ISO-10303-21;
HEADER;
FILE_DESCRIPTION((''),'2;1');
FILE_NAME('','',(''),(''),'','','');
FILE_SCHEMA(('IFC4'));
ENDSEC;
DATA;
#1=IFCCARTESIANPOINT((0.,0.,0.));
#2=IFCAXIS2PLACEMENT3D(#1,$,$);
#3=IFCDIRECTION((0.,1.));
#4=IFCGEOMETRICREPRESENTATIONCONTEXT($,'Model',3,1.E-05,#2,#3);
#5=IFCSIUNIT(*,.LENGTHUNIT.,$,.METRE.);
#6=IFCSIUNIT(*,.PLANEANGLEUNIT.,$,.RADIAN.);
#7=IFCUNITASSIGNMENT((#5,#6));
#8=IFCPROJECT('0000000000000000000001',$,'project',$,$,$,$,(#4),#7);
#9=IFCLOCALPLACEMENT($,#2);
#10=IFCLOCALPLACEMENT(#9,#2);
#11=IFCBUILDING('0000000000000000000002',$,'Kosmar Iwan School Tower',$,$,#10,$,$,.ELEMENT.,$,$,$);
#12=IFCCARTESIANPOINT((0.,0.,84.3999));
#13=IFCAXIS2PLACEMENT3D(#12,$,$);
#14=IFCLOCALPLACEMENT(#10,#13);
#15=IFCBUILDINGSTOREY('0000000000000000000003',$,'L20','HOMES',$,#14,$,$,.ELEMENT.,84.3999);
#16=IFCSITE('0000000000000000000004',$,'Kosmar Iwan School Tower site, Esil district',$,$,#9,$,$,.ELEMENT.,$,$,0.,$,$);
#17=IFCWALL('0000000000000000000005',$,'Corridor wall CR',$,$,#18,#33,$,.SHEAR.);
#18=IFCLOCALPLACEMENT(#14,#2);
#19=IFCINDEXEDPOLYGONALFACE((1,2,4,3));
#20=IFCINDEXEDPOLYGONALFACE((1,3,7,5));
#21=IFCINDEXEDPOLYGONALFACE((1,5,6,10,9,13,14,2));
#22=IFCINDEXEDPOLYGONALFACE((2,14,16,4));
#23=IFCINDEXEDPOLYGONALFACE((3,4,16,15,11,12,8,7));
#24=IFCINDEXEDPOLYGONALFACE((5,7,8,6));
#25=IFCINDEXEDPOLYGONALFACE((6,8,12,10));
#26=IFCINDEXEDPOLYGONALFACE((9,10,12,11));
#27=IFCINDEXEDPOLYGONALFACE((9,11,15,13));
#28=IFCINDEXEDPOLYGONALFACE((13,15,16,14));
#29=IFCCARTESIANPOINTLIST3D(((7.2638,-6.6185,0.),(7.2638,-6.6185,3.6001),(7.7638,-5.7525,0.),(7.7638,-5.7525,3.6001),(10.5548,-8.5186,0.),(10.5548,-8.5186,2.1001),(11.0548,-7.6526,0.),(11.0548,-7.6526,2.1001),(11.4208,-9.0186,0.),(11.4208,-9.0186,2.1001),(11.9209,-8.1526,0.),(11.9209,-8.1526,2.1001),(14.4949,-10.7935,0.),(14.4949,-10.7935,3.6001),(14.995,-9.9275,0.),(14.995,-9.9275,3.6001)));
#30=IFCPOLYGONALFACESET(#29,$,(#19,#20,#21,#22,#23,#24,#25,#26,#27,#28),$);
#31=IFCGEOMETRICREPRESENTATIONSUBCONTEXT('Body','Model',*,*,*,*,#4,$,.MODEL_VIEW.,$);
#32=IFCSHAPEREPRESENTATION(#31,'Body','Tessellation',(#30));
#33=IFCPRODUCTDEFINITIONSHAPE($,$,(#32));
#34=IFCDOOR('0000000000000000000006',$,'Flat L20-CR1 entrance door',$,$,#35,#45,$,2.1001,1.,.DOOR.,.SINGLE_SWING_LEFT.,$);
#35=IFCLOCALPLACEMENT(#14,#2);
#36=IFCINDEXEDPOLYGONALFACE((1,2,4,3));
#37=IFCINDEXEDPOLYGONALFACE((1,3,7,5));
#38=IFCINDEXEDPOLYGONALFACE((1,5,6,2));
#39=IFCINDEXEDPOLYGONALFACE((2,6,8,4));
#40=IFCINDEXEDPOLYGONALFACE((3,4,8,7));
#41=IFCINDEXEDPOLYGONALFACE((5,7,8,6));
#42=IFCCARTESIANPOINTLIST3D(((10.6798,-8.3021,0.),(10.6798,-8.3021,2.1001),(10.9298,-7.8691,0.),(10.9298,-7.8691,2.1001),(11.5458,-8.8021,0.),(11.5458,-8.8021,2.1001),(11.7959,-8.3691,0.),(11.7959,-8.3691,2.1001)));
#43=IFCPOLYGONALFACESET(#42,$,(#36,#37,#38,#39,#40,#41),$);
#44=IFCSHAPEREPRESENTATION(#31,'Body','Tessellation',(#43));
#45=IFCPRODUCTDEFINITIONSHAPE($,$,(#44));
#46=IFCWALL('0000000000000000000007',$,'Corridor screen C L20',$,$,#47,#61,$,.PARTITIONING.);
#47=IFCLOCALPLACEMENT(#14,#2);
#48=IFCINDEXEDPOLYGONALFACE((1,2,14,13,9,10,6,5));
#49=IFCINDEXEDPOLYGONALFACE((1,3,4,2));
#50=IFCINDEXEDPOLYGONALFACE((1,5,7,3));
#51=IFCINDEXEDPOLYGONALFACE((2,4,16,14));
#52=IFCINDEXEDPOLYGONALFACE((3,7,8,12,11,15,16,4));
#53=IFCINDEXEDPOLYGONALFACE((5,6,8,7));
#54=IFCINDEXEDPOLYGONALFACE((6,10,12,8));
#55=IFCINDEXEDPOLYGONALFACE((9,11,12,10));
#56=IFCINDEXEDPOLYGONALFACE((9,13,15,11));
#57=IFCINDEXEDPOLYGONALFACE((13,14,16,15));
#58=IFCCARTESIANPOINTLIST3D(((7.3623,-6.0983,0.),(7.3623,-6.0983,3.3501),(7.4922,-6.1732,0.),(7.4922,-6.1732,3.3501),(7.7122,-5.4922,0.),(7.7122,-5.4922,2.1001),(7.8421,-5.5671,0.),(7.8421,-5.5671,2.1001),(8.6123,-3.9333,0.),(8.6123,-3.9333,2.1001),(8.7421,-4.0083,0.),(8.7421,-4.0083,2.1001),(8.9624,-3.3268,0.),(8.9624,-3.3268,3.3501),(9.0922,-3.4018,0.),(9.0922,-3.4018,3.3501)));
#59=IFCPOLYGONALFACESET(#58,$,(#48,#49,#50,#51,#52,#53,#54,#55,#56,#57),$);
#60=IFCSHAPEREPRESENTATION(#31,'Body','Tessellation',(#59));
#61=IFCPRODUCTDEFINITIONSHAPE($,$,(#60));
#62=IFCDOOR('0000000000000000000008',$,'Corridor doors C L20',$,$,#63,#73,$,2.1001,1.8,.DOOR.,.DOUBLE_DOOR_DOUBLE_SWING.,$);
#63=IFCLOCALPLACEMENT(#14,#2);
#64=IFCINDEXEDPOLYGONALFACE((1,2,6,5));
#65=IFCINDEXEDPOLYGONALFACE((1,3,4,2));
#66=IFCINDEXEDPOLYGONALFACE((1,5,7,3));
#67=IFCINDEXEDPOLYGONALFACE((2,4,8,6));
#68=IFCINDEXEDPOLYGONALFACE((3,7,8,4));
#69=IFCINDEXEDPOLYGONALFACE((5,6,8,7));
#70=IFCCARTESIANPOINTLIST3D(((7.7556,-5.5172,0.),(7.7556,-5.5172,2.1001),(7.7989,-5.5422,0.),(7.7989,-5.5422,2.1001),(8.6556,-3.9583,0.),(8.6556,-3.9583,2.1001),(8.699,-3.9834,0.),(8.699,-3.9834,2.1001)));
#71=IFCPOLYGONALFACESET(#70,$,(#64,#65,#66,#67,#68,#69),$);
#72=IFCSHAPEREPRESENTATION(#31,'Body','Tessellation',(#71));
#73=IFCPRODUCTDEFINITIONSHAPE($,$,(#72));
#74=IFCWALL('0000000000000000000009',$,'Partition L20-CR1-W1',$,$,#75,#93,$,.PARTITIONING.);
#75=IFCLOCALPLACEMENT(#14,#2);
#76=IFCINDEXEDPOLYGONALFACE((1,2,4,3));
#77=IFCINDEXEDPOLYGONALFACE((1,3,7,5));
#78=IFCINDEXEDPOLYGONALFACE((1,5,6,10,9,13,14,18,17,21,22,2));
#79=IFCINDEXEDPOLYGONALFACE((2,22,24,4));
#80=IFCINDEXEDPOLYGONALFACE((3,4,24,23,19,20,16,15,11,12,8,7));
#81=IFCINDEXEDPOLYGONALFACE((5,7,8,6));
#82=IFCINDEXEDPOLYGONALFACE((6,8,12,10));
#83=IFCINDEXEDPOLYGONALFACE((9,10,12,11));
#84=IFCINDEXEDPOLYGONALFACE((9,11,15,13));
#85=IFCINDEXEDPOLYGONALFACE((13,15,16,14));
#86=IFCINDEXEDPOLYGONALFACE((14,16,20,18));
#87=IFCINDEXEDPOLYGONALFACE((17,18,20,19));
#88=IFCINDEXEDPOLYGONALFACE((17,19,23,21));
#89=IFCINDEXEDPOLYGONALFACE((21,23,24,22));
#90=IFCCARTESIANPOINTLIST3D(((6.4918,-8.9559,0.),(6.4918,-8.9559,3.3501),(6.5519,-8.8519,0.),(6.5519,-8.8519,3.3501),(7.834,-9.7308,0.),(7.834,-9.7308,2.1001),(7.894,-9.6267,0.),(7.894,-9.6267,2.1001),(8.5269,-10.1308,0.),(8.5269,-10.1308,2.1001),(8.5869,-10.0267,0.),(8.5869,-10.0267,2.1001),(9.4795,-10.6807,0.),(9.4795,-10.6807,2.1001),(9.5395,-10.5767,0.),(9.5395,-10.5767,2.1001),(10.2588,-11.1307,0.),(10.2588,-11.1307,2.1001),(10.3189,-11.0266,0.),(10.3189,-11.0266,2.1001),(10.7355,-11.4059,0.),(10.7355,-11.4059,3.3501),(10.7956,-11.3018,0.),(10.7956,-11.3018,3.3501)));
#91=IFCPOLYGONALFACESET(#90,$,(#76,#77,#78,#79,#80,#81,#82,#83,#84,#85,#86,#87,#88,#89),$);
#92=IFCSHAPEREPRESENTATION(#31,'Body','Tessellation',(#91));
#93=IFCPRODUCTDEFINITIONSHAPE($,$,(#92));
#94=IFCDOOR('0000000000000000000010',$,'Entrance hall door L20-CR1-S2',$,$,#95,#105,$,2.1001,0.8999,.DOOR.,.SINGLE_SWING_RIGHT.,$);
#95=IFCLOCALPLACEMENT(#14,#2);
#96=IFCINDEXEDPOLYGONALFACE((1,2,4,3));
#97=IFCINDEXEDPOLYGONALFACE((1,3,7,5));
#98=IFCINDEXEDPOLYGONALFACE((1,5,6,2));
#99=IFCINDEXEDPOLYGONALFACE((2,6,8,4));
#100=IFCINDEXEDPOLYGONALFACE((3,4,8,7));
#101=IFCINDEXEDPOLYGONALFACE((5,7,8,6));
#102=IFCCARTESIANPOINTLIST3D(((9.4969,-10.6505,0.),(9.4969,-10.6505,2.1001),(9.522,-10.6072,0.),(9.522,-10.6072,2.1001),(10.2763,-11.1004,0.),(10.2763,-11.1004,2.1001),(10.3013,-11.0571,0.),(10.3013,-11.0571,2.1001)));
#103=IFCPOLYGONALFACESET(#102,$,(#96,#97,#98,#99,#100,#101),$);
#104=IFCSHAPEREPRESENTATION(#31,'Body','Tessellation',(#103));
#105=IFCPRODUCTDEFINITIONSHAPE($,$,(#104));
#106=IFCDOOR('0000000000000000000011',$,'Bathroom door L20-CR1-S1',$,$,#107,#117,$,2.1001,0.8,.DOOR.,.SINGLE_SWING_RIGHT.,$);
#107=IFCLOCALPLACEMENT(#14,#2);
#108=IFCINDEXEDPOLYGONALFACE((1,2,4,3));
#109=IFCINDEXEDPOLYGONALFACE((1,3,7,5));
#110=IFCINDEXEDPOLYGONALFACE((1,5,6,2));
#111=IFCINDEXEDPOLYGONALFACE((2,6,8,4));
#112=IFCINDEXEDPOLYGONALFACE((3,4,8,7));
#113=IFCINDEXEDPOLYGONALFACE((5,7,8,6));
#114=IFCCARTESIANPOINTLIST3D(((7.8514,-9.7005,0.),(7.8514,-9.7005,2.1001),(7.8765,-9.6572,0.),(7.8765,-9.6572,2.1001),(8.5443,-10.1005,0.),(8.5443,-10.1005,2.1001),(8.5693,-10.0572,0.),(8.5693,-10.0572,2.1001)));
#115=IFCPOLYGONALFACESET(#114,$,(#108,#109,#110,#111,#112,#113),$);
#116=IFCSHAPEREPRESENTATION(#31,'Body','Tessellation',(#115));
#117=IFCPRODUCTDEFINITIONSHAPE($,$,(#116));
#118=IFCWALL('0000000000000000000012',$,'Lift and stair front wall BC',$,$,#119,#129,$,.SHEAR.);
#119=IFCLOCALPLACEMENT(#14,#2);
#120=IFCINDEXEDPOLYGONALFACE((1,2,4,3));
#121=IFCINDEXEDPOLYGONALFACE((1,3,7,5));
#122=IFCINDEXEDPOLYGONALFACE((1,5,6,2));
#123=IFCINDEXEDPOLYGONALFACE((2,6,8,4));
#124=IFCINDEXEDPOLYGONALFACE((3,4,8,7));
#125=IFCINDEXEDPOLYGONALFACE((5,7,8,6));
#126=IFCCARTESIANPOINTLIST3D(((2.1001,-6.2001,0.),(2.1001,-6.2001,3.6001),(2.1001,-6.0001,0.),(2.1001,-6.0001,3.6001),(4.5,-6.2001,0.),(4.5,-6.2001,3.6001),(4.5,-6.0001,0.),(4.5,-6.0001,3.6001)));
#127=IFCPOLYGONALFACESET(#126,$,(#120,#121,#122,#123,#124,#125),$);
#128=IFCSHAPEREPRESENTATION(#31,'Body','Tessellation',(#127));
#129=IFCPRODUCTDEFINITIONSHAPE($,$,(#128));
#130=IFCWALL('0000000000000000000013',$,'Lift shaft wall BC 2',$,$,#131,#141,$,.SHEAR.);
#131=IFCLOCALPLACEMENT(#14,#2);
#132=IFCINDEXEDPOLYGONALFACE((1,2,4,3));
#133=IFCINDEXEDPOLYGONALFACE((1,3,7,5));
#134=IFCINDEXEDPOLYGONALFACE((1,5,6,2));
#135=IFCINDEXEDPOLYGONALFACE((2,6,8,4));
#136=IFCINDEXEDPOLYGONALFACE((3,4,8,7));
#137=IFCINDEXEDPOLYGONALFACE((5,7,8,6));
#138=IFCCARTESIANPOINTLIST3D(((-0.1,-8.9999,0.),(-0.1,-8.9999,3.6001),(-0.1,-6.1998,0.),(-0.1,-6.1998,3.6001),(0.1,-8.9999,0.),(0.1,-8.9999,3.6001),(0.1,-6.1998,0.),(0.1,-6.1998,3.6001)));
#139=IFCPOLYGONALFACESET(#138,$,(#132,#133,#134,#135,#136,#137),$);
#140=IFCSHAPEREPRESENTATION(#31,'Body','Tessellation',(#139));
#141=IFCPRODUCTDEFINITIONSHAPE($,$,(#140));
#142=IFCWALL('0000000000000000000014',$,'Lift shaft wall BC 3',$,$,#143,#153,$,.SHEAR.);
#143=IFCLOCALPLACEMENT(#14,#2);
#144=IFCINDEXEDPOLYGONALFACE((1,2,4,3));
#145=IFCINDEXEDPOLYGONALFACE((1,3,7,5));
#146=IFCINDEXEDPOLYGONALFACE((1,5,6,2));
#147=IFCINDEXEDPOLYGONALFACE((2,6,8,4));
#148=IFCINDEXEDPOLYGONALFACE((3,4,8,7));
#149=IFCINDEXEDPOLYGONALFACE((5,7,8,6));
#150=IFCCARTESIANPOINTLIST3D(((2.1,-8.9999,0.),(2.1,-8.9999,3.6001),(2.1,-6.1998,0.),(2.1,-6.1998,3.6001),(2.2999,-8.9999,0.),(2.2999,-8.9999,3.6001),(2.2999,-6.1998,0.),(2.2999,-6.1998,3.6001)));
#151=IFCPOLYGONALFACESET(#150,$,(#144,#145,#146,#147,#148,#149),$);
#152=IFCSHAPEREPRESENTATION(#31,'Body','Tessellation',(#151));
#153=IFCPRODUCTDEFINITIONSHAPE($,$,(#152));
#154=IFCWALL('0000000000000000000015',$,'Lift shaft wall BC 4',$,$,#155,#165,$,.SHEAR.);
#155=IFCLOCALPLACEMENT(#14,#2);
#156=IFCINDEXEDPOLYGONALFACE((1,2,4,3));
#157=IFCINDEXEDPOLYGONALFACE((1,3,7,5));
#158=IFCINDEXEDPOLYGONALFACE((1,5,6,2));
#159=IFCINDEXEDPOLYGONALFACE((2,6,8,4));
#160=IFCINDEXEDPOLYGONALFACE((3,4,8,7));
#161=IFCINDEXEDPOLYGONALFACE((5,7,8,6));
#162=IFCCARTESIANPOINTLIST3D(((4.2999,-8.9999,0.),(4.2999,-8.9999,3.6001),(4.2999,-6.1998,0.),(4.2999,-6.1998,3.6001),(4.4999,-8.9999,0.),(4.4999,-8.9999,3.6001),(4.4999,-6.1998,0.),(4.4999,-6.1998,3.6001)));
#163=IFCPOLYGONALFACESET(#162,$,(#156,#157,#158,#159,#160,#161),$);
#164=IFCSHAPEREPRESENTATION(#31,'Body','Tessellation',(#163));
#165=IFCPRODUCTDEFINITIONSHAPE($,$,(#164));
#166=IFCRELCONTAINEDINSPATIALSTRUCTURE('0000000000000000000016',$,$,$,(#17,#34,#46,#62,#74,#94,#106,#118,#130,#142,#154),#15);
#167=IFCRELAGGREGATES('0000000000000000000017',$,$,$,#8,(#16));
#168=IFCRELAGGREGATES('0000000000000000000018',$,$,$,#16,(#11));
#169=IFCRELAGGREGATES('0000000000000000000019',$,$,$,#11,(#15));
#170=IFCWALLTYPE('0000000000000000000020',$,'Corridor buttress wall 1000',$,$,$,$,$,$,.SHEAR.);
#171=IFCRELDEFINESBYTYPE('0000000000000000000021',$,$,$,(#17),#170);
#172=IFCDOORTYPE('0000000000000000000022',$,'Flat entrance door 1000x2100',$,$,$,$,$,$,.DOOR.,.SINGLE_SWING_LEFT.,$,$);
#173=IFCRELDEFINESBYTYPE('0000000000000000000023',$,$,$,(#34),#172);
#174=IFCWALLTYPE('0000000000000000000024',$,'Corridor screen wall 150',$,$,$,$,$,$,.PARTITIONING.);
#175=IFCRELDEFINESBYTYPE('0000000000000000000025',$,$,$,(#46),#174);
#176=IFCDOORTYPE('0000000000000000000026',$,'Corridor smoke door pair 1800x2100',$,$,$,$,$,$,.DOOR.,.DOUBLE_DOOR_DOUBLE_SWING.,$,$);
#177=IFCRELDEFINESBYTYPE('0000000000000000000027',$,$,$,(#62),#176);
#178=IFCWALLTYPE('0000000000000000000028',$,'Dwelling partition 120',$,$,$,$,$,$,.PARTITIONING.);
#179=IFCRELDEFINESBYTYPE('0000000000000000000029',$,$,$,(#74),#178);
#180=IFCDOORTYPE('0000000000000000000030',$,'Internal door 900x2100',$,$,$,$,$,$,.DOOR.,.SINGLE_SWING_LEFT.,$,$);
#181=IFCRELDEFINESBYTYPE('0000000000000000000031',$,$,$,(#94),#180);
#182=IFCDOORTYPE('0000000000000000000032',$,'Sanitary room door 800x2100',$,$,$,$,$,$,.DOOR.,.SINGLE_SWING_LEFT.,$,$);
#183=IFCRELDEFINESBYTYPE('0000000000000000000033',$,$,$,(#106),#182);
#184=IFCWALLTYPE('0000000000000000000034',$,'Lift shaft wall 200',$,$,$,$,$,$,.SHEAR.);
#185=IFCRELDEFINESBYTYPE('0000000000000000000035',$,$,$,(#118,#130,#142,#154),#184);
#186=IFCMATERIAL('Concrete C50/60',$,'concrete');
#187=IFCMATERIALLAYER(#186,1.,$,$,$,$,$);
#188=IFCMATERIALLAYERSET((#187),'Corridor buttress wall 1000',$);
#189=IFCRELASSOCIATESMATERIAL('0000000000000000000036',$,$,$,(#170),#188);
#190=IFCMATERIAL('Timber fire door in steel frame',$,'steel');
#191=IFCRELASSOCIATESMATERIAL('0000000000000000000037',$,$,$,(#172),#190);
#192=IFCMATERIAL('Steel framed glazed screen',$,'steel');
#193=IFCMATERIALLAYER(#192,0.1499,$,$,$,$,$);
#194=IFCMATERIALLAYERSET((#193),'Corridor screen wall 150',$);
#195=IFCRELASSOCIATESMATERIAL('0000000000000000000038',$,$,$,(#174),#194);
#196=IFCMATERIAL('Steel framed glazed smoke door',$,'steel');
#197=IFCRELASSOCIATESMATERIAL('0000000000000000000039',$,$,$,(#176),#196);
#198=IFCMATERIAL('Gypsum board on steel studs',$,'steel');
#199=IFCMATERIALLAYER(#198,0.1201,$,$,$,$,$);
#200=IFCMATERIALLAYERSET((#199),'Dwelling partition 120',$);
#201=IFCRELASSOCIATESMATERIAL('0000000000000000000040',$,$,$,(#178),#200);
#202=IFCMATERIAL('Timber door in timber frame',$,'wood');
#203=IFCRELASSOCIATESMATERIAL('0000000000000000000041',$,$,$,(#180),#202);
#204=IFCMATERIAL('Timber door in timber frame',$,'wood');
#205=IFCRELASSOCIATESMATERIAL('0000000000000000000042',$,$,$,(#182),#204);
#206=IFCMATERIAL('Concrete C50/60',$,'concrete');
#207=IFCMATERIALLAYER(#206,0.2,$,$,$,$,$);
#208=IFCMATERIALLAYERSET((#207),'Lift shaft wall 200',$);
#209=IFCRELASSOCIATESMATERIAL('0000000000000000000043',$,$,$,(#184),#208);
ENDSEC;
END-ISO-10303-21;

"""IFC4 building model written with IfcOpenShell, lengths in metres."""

from ifc_helpers import new_model, si_unit, direction, frame, frame_2d, origin, place, context, subcontext, project, spatial, rectangle, extrude, material, layer, layer_set, type_object, element, fill, save


model = new_model("IFC4")

# Units and contexts
model_context = context("Model", 3, precision=1e-05, world=origin(), true_north=direction((0.0, 1.0)))
body_context = subcontext(model_context, "Body", "Model", "MODEL_VIEW")
ifc_project = project(units=[si_unit("LENGTHUNIT", "METRE"), si_unit("PLANEANGLEUNIT", "RADIAN")], contexts=[model_context])

# Site, building, storey
site_placement = place(None, origin())
site = spatial("IfcSite", under=ifc_project, at=site_placement, Name="Kosmar Iwan School Tower site, Esil district", CompositionType="ELEMENT", RefElevation=0.0)
building_placement = place(site_placement, origin())
building = spatial("IfcBuilding", under=site, at=building_placement, Name="Kosmar Iwan School Tower", CompositionType="ELEMENT")
storey_placement = place(building_placement, frame((0.0, 0.0, 84.3999)))
storey = spatial("IfcBuildingStorey", under=building, at=storey_placement, Name="L20", Description="HOMES", CompositionType="ELEMENT", Elevation=84.3999)

# Walls, openings, doors
ifc_material_1 = material(Name="Concrete C50/60", Category="concrete")
ifc_layer_1 = layer(ifc_material_1, 1.0)
ifc_layer_set_1 = layer_set([ifc_layer_1], Name="Corridor buttress wall 1000")
wall_type_1 = type_object("IfcWallType", Name="Corridor buttress wall 1000", PredefinedType="SHEAR", material=ifc_layer_set_1)
wall_1_placement = place(storey_placement, frame((7.5139, -6.1855, 0.0), z_axis=(0.0, 0.0, 1.0), x_axis=(0.86602, -0.50001, 0.0)))
wall_1 = element("IfcWall", 1, at=wall_1_placement, inside=storey, type_object=wall_type_1, Name="Corridor wall CR", PredefinedType="SHEAR", context=body_context, shape_type="SweptSolid", body=[
    extrude(rectangle(XDim=8.3499, YDim=1.0, at=frame_2d((4.1748, 0.0))), origin(), (0.0, 0.0, 1.0), 3.6001),
])
opening_1_placement = place(wall_1_placement, frame((3.8, 0.0, 0.0)))
opening_1 = element("IfcOpeningElement", 2, at=opening_1_placement, cuts=wall_1, PredefinedType="OPENING", context=body_context, shape_type="SweptSolid", body=[
    extrude(rectangle(XDim=1.0, YDim=2.1001, at=frame_2d((0.5, 1.05))), frame((0.0, 0.512, 0.0), z_axis=(0.0, -1.0, 0.0), x_axis=(1.0, 0.0, 0.0)), (0.0, 0.0, 1.0), 1.0239),
])
ifc_material_2 = material(Name="Timber fire door in steel frame", Category="steel")
door_type_1 = type_object("IfcDoorType", Name="Flat entrance door 1000x2100", OperationType="SINGLE_SWING_LEFT", PredefinedType="DOOR", material=ifc_material_2)
door_1_placement = place(opening_1_placement, origin())
door_1 = element("IfcDoor", 3, at=door_1_placement, inside=storey, type_object=door_type_1, Name="Flat L20-CR1 entrance door", OperationType="SINGLE_SWING_LEFT", OverallHeight=2.1001, OverallWidth=1.0, PredefinedType="DOOR", context=body_context, shape_type="SweptSolid", body=[
    extrude(rectangle(XDim=1.0, YDim=2.1001, at=frame_2d((0.5, 1.05))), frame((0.0, 0.25, 0.0), z_axis=(0.0, -1.0, 0.0), x_axis=(1.0, 0.0, 0.0)), (0.0, 0.0, 1.0), 0.5),
])
fill(opening_1, door_1)
ifc_material_3 = material(Name="Steel framed glazed screen", Category="steel")
ifc_layer_2 = layer(ifc_material_3, 0.1499)
ifc_layer_set_2 = layer_set([ifc_layer_2], Name="Corridor screen wall 150")
wall_type_2 = type_object("IfcWallType", Name="Corridor screen wall 150", PredefinedType="PARTITIONING", material=ifc_layer_set_2)
wall_2_placement = place(storey_placement, frame((7.4272, -6.1357, 0.0), z_axis=(0.0, 0.0, 1.0), x_axis=(0.499995, 0.866028, 0.0)))
wall_2 = element("IfcWall", 4, at=wall_2_placement, inside=storey, type_object=wall_type_2, Name="Corridor screen C L20", PredefinedType="PARTITIONING", context=body_context, shape_type="SweptSolid", body=[
    extrude(rectangle(XDim=3.2002, YDim=0.1499, at=frame_2d((1.6001, 0.0))), origin(), (0.0, 0.0, 1.0), 3.3501),
])
opening_2_placement = place(wall_2_placement, frame((0.7, 0.0, 0.0)))
opening_2 = element("IfcOpeningElement", 5, at=opening_2_placement, cuts=wall_2, PredefinedType="OPENING", context=body_context, shape_type="SweptSolid", body=[
    extrude(rectangle(XDim=1.8, YDim=2.1001, at=frame_2d((0.8999, 1.05))), frame((0.0, 0.0869, 0.0), z_axis=(0.0, -1.0, 0.0), x_axis=(1.0, 0.0, 0.0)), (0.0, 0.0, 1.0), 0.1738),
])
ifc_material_4 = material(Name="Steel framed glazed smoke door", Category="steel")
door_type_2 = type_object("IfcDoorType", Name="Corridor smoke door pair 1800x2100", OperationType="DOUBLE_DOOR_DOUBLE_SWING", PredefinedType="DOOR", material=ifc_material_4)
door_2_placement = place(opening_2_placement, origin())
door_2 = element("IfcDoor", 6, at=door_2_placement, inside=storey, type_object=door_type_2, Name="Corridor doors C L20", OperationType="DOUBLE_DOOR_DOUBLE_SWING", OverallHeight=2.1001, OverallWidth=1.8, PredefinedType="DOOR", context=body_context, shape_type="SweptSolid", body=[
    extrude(rectangle(XDim=1.8, YDim=2.1001, at=frame_2d((0.8999, 1.05))), frame((0.0, 0.0249, 0.0), z_axis=(0.0, -1.0, 0.0), x_axis=(1.0, 0.0, 0.0)), (0.0, 0.0, 1.0), 0.05),
])
fill(opening_2, door_2)

# Wall, openings, doors
ifc_material_5 = material(Name="Gypsum board on steel studs", Category="steel")
ifc_layer_3 = layer(ifc_material_5, 0.1201)
ifc_layer_set_3 = layer_set([ifc_layer_3], Name="Dwelling partition 120")
wall_type_3 = type_object("IfcWallType", Name="Dwelling partition 120", PredefinedType="PARTITIONING", material=ifc_layer_set_3)
wall_3_placement = place(storey_placement, frame((6.5217, -8.9038, 0.0), z_axis=(0.0, 0.0, 1.0), x_axis=(0.866036, -0.499981, 0.0)))
wall_3 = element("IfcWall", 7, at=wall_3_placement, inside=storey, type_object=wall_type_3, Name="Partition L20-CR1-W1", PredefinedType="PARTITIONING", context=body_context, shape_type="SweptSolid", body=[
    extrude(rectangle(XDim=4.9001, YDim=0.1201, at=frame_2d((2.4502, 0.0))), origin(), (0.0, 0.0, 1.0), 3.3501),
])
opening_3_placement = place(wall_3_placement, frame((1.55, 0.0, 0.0)))
opening_3 = element("IfcOpeningElement", 8, at=opening_3_placement, cuts=wall_3, PredefinedType="OPENING", context=body_context, shape_type="SweptSolid", body=[
    extrude(rectangle(XDim=0.8, YDim=2.1001, at=frame_2d((0.3999, 1.05))), frame((0.0, 0.072, 0.0), z_axis=(0.0, -1.0, 0.0), x_axis=(1.0, 0.0, 0.0)), (0.0, 0.0, 1.0), 0.144),
])
opening_4_placement = place(wall_3_placement, frame((3.45, 0.0, 0.0)))
opening_4 = element("IfcOpeningElement", 9, at=opening_4_placement, cuts=wall_3, PredefinedType="OPENING", context=body_context, shape_type="SweptSolid", body=[
    extrude(rectangle(XDim=0.8999, YDim=2.1001, at=frame_2d((0.45, 1.05))), frame((0.0, 0.072, 0.0), z_axis=(0.0, -1.0, 0.0), x_axis=(1.0, 0.0, 0.0)), (0.0, 0.0, 1.0), 0.144),
])
ifc_material_6 = material(Name="Timber door in timber frame", Category="wood")
door_type_3 = type_object("IfcDoorType", Name="Internal door 900x2100", OperationType="SINGLE_SWING_LEFT", PredefinedType="DOOR", material=ifc_material_6)
door_3_placement = place(opening_4_placement, origin())
door_3 = element("IfcDoor", 10, at=door_3_placement, inside=storey, type_object=door_type_3, Name="Entrance hall door L20-CR1-S2", OperationType="SINGLE_SWING_RIGHT", OverallHeight=2.1001, OverallWidth=0.8999, PredefinedType="DOOR", context=body_context, shape_type="SweptSolid", body=[
    extrude(rectangle(XDim=0.8999, YDim=2.1001, at=frame_2d((0.45, 1.05))), frame((0.0, 0.0249, 0.0), z_axis=(0.0, -1.0, 0.0), x_axis=(1.0, 0.0, 0.0)), (0.0, 0.0, 1.0), 0.05),
])
fill(opening_4, door_3)
ifc_material_7 = material(Name="Timber door in timber frame", Category="wood")
door_type_4 = type_object("IfcDoorType", Name="Sanitary room door 800x2100", OperationType="SINGLE_SWING_LEFT", PredefinedType="DOOR", material=ifc_material_7)
door_4_placement = place(opening_3_placement, origin())
door_4 = element("IfcDoor", 11, at=door_4_placement, inside=storey, type_object=door_type_4, Name="Bathroom door L20-CR1-S1", OperationType="SINGLE_SWING_RIGHT", OverallHeight=2.1001, OverallWidth=0.8, PredefinedType="DOOR", context=body_context, shape_type="SweptSolid", body=[
    extrude(rectangle(XDim=0.8, YDim=2.1001, at=frame_2d((0.3999, 1.05))), frame((0.0, 0.0249, 0.0), z_axis=(0.0, -1.0, 0.0), x_axis=(1.0, 0.0, 0.0)), (0.0, 0.0, 1.0), 0.05),
])
fill(opening_3, door_4)

# Walls
ifc_material_8 = material(Name="Concrete C50/60", Category="concrete")
ifc_layer_4 = layer(ifc_material_8, 0.2)
ifc_layer_set_4 = layer_set([ifc_layer_4], Name="Lift shaft wall 200")
wall_type_4 = type_object("IfcWallType", Name="Lift shaft wall 200", PredefinedType="SHEAR", material=ifc_layer_set_4)
wall_4_placement = place(storey_placement, frame((2.1001, -6.1001, 0.0), z_axis=(0.0, 0.0, 1.0), x_axis=(1.0, 0.0, 0.0)))
element("IfcWall", 12, at=wall_4_placement, inside=storey, type_object=wall_type_4, Name="Lift and stair front wall BC", PredefinedType="SHEAR", context=body_context, shape_type="SweptSolid", body=[
    extrude(rectangle(XDim=2.3999, YDim=0.2, at=frame_2d((1.2, 0.0))), origin(), (0.0, 0.0, 1.0), 3.6001),
])
for number, where, z_axis, x_axis, name in (
    (13, (0.0, -6.2, 0.0), (0.0, 0.0, 1.0), (0.0, -1.0, 0.0), "Lift shaft wall BC 2"),
    (14, (2.2, -6.2, 0.0), (0.0, 0.0, 1.0), (0.0, -1.0, 0.0), "Lift shaft wall BC 3"),
    (15, (4.3999, -6.2, 0.0), (0.0, 0.0, 1.0), (0.0, -1.0, 0.0), "Lift shaft wall BC 4"),
):
    element("IfcWall", number, at=place(storey_placement, frame(where, z_axis=z_axis, x_axis=x_axis)), inside=storey, type_object=wall_type_4, Name=name, PredefinedType="SHEAR", context=body_context, shape_type="SweptSolid", body=[
        extrude(rectangle(XDim=2.8, YDim=0.2, at=frame_2d((1.3999, 0.0))), origin(), (0.0, 0.0, 1.0), 3.6001),
    ])

save(model, "model.ifc")
